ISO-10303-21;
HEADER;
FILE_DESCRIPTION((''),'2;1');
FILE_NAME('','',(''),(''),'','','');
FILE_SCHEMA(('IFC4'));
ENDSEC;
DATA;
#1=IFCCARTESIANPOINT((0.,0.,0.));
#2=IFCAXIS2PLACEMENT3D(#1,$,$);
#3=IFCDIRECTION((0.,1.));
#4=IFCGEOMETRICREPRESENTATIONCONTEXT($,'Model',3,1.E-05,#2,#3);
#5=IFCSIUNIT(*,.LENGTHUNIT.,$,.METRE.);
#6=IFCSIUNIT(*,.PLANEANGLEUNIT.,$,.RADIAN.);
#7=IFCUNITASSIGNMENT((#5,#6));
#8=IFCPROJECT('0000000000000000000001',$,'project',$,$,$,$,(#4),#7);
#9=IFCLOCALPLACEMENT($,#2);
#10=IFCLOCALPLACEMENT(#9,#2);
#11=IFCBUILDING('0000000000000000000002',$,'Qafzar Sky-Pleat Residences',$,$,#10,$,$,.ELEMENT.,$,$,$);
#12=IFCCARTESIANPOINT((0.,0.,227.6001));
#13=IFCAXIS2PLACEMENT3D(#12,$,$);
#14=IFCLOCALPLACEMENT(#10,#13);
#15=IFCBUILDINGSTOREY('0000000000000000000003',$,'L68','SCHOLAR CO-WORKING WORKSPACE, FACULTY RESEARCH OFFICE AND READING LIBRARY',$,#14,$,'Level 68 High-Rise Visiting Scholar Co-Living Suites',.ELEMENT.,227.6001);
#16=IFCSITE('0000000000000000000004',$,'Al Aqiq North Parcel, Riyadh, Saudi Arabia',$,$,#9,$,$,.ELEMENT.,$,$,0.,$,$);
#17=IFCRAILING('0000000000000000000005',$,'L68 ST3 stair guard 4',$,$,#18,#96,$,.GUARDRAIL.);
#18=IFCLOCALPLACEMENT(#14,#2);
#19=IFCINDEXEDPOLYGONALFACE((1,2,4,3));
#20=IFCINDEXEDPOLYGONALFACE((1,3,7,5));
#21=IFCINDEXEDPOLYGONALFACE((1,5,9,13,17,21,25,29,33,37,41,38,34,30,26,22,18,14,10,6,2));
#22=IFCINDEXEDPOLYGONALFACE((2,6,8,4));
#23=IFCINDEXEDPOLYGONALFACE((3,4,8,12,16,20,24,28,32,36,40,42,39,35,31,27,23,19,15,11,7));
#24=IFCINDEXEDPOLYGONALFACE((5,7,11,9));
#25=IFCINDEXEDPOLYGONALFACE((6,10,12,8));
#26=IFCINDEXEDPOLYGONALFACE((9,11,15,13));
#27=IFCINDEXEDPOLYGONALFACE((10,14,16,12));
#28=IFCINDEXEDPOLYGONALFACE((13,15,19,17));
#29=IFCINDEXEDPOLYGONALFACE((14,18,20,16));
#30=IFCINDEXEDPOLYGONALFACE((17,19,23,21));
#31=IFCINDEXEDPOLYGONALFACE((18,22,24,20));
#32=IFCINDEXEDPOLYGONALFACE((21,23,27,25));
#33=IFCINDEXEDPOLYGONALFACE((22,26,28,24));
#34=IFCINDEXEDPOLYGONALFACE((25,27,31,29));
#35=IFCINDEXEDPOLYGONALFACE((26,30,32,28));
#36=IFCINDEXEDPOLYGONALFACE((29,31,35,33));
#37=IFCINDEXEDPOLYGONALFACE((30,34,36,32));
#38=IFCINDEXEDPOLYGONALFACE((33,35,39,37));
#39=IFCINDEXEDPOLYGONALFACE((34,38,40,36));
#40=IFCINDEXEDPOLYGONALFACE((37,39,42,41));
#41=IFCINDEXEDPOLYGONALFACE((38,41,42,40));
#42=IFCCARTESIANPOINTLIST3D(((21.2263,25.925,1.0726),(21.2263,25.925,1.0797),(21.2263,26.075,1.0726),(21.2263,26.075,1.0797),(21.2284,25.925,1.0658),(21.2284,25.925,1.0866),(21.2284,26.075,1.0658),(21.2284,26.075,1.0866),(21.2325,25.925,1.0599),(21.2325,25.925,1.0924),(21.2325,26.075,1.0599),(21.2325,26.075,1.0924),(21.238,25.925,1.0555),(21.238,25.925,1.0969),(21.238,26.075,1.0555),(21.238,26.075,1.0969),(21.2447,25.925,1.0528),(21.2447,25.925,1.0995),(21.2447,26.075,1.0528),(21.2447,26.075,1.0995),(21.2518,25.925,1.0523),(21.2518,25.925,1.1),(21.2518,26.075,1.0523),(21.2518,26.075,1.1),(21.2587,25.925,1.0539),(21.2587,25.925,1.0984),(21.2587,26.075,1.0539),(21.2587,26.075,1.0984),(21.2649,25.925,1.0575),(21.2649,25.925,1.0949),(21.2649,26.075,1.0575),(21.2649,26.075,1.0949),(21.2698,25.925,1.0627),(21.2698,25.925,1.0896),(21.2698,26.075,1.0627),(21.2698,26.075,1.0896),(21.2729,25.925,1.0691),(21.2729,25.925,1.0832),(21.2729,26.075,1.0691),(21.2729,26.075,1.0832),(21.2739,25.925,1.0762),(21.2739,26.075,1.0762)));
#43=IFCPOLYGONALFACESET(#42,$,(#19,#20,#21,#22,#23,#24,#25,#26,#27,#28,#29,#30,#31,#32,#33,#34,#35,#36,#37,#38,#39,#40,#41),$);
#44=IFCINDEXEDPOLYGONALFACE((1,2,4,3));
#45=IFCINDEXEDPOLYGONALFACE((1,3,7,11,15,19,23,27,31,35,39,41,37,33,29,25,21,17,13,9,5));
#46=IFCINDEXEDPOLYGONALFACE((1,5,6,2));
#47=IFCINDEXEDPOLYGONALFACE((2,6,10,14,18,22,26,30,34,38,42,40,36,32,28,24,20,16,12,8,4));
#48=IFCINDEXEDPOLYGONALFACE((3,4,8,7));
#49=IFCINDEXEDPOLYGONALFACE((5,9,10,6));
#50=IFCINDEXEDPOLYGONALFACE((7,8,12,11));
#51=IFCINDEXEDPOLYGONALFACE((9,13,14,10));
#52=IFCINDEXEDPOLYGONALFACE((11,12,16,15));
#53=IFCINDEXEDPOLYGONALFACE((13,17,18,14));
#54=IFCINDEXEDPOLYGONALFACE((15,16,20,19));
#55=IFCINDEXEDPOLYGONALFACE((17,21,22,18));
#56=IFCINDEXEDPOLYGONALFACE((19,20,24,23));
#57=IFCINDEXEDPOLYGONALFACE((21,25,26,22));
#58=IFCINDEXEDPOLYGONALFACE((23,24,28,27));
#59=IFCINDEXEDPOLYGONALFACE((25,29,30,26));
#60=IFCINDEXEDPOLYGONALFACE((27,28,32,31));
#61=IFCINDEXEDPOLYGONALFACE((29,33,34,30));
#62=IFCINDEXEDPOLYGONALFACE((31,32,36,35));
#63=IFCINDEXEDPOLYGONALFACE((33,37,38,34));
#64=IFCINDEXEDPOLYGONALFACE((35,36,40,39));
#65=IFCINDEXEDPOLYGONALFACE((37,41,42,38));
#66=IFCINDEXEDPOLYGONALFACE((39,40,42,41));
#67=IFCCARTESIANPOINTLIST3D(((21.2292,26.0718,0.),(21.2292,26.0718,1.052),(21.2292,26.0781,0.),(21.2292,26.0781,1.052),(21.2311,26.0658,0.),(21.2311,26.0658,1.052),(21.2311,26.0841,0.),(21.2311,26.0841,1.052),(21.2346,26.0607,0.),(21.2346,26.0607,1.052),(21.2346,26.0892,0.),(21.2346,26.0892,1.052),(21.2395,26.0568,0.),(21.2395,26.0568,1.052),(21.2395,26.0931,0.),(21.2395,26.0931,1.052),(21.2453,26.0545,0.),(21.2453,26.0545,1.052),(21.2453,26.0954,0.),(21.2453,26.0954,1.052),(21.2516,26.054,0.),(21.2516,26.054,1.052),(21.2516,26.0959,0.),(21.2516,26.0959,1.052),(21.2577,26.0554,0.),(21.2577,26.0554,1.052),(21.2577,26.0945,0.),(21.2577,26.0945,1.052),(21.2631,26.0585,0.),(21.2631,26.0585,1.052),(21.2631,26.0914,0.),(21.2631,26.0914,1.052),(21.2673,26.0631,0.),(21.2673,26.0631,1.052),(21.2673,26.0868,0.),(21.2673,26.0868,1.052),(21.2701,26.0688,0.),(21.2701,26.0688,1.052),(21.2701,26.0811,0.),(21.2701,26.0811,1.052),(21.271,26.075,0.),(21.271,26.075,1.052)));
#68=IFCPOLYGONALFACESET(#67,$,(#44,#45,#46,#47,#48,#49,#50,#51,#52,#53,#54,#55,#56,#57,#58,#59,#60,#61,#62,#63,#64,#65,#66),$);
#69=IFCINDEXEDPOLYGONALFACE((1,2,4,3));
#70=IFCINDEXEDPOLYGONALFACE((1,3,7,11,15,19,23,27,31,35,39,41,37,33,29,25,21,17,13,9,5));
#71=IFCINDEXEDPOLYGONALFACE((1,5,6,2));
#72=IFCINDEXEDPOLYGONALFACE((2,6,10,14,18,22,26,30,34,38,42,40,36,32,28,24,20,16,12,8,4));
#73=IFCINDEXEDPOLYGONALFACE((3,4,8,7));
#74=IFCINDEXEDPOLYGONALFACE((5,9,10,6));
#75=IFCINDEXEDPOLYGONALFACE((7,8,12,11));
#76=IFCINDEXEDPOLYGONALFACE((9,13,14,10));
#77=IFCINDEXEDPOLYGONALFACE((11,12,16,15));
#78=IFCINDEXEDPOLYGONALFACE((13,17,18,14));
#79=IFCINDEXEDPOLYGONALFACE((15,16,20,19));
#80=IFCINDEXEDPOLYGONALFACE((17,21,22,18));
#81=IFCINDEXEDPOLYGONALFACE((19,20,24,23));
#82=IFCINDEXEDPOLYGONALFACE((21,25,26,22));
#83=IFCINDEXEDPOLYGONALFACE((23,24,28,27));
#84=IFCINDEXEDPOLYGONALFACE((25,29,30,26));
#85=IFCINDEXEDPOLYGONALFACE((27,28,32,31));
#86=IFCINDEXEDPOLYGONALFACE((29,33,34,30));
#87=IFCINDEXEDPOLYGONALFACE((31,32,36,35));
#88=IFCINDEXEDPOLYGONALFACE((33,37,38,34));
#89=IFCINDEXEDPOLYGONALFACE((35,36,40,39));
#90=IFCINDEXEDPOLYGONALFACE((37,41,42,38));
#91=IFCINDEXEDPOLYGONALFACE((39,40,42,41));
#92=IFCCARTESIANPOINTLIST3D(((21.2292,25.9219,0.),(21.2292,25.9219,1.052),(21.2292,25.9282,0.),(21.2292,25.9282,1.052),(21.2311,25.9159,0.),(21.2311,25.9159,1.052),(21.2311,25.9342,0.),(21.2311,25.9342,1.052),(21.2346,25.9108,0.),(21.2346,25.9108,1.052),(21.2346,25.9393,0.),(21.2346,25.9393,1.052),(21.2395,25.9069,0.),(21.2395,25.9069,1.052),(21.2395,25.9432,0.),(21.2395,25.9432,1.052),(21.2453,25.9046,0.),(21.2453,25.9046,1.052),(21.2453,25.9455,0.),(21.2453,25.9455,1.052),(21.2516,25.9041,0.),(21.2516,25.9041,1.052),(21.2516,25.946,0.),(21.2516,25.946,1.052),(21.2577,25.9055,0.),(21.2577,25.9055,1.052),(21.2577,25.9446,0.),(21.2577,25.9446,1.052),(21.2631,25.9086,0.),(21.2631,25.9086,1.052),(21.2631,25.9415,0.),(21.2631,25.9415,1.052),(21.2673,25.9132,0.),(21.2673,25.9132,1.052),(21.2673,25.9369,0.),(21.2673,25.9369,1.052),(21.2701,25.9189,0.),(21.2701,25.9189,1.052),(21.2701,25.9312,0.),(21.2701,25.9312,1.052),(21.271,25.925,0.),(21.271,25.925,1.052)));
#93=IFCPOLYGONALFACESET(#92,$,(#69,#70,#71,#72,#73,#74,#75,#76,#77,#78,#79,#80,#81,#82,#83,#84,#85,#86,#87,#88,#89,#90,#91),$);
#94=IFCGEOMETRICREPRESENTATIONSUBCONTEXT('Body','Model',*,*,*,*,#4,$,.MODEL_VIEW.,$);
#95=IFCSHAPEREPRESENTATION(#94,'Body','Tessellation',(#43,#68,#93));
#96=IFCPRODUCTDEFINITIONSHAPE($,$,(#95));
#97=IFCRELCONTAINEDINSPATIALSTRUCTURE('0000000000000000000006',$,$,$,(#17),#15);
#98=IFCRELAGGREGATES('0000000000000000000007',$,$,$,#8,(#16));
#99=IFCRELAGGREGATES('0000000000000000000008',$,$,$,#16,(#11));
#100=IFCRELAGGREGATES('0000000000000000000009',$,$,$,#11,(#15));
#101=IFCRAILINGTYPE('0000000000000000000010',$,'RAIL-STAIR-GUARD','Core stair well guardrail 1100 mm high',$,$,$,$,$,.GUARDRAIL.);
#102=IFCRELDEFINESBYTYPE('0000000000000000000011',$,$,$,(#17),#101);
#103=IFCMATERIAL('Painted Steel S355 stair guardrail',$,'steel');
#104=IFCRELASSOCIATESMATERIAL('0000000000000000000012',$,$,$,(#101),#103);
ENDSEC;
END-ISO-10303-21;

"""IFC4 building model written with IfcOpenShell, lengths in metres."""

from ifc_helpers import new_model, si_unit, direction, frame, origin, origin_2d, place, context, subcontext, project, spatial, circle, extrude, source, transform, mapped, material, type_object, element, save


model = new_model("IFC4")

# Units and contexts
model_context = context("Model", 3, precision=1e-05, world=origin(), true_north=direction((0.0, 1.0)))
body_context = subcontext(model_context, "Body", "Model", "MODEL_VIEW")
ifc_project = project(units=[si_unit("LENGTHUNIT", "METRE"), si_unit("PLANEANGLEUNIT", "RADIAN")], contexts=[model_context])

# Site, building, storey
site_placement = place(None, origin())
site = spatial("IfcSite", under=ifc_project, at=site_placement, Name="Al Aqiq North Parcel, Riyadh, Saudi Arabia", CompositionType="ELEMENT", RefElevation=0.0)
building_placement = place(site_placement, origin())
building = spatial("IfcBuilding", under=site, at=building_placement, Name="Qafzar Sky-Pleat Residences", CompositionType="ELEMENT")
storey_placement = place(building_placement, frame((0.0, 0.0, 227.6001)))
storey = spatial("IfcBuildingStorey", under=building, at=storey_placement, Name="L68", Description="SCHOLAR CO-WORKING WORKSPACE, FACULTY RESEARCH OFFICE AND READING LIBRARY", LongName="Level 68 High-Rise Visiting Scholar Co-Living Suites", CompositionType="ELEMENT", Elevation=227.6001)

# Railing
ifc_material_1 = material(Name="Painted Steel S355 stair guardrail", Category="steel")
railing_type = type_object("IfcRailingType", Name="RAIL-STAIR-GUARD", Description="Core stair well guardrail 1100 mm high", PredefinedType="GUARDRAIL", material=ifc_material_1)
shared_shape_1 = source(origin(), body_context, "Body", "SweptSolid", [
    extrude(circle(Radius=0.0239, at=origin_2d()), frame((0.0, 0.0, 1.0762), z_axis=(0.0, -1.0, 0.0), x_axis=(1.0, 0.0, 0.0)), (0.0, 0.0, 1.0), 0.1499),
    extrude(circle(Radius=0.021, at=origin_2d()), origin(), (0.0, 0.0, 1.0), 1.052),
    extrude(circle(Radius=0.021, at=origin_2d()), frame((0.0, -0.1499, 0.0)), (0.0, 0.0, 1.0), 1.052),
])
railing_placement = place(storey_placement, frame((21.25, 26.075, 0.0)))
element("IfcRailing", 1, at=railing_placement, inside=storey, type_object=railing_type, Name="L68 ST3 stair guard 4", PredefinedType="GUARDRAIL", context=body_context, shape_type="MappedRepresentation", body=[
    mapped(shared_shape_1, transform((0.0, 0.0, 0.0), x_axis=(1.0, 0.0, 0.0), y_axis=(0.0, 1.0, 0.0), z_axis=(0.0, 0.0, 1.0), scale=1.0)),
])

save(model, "model.ifc")
